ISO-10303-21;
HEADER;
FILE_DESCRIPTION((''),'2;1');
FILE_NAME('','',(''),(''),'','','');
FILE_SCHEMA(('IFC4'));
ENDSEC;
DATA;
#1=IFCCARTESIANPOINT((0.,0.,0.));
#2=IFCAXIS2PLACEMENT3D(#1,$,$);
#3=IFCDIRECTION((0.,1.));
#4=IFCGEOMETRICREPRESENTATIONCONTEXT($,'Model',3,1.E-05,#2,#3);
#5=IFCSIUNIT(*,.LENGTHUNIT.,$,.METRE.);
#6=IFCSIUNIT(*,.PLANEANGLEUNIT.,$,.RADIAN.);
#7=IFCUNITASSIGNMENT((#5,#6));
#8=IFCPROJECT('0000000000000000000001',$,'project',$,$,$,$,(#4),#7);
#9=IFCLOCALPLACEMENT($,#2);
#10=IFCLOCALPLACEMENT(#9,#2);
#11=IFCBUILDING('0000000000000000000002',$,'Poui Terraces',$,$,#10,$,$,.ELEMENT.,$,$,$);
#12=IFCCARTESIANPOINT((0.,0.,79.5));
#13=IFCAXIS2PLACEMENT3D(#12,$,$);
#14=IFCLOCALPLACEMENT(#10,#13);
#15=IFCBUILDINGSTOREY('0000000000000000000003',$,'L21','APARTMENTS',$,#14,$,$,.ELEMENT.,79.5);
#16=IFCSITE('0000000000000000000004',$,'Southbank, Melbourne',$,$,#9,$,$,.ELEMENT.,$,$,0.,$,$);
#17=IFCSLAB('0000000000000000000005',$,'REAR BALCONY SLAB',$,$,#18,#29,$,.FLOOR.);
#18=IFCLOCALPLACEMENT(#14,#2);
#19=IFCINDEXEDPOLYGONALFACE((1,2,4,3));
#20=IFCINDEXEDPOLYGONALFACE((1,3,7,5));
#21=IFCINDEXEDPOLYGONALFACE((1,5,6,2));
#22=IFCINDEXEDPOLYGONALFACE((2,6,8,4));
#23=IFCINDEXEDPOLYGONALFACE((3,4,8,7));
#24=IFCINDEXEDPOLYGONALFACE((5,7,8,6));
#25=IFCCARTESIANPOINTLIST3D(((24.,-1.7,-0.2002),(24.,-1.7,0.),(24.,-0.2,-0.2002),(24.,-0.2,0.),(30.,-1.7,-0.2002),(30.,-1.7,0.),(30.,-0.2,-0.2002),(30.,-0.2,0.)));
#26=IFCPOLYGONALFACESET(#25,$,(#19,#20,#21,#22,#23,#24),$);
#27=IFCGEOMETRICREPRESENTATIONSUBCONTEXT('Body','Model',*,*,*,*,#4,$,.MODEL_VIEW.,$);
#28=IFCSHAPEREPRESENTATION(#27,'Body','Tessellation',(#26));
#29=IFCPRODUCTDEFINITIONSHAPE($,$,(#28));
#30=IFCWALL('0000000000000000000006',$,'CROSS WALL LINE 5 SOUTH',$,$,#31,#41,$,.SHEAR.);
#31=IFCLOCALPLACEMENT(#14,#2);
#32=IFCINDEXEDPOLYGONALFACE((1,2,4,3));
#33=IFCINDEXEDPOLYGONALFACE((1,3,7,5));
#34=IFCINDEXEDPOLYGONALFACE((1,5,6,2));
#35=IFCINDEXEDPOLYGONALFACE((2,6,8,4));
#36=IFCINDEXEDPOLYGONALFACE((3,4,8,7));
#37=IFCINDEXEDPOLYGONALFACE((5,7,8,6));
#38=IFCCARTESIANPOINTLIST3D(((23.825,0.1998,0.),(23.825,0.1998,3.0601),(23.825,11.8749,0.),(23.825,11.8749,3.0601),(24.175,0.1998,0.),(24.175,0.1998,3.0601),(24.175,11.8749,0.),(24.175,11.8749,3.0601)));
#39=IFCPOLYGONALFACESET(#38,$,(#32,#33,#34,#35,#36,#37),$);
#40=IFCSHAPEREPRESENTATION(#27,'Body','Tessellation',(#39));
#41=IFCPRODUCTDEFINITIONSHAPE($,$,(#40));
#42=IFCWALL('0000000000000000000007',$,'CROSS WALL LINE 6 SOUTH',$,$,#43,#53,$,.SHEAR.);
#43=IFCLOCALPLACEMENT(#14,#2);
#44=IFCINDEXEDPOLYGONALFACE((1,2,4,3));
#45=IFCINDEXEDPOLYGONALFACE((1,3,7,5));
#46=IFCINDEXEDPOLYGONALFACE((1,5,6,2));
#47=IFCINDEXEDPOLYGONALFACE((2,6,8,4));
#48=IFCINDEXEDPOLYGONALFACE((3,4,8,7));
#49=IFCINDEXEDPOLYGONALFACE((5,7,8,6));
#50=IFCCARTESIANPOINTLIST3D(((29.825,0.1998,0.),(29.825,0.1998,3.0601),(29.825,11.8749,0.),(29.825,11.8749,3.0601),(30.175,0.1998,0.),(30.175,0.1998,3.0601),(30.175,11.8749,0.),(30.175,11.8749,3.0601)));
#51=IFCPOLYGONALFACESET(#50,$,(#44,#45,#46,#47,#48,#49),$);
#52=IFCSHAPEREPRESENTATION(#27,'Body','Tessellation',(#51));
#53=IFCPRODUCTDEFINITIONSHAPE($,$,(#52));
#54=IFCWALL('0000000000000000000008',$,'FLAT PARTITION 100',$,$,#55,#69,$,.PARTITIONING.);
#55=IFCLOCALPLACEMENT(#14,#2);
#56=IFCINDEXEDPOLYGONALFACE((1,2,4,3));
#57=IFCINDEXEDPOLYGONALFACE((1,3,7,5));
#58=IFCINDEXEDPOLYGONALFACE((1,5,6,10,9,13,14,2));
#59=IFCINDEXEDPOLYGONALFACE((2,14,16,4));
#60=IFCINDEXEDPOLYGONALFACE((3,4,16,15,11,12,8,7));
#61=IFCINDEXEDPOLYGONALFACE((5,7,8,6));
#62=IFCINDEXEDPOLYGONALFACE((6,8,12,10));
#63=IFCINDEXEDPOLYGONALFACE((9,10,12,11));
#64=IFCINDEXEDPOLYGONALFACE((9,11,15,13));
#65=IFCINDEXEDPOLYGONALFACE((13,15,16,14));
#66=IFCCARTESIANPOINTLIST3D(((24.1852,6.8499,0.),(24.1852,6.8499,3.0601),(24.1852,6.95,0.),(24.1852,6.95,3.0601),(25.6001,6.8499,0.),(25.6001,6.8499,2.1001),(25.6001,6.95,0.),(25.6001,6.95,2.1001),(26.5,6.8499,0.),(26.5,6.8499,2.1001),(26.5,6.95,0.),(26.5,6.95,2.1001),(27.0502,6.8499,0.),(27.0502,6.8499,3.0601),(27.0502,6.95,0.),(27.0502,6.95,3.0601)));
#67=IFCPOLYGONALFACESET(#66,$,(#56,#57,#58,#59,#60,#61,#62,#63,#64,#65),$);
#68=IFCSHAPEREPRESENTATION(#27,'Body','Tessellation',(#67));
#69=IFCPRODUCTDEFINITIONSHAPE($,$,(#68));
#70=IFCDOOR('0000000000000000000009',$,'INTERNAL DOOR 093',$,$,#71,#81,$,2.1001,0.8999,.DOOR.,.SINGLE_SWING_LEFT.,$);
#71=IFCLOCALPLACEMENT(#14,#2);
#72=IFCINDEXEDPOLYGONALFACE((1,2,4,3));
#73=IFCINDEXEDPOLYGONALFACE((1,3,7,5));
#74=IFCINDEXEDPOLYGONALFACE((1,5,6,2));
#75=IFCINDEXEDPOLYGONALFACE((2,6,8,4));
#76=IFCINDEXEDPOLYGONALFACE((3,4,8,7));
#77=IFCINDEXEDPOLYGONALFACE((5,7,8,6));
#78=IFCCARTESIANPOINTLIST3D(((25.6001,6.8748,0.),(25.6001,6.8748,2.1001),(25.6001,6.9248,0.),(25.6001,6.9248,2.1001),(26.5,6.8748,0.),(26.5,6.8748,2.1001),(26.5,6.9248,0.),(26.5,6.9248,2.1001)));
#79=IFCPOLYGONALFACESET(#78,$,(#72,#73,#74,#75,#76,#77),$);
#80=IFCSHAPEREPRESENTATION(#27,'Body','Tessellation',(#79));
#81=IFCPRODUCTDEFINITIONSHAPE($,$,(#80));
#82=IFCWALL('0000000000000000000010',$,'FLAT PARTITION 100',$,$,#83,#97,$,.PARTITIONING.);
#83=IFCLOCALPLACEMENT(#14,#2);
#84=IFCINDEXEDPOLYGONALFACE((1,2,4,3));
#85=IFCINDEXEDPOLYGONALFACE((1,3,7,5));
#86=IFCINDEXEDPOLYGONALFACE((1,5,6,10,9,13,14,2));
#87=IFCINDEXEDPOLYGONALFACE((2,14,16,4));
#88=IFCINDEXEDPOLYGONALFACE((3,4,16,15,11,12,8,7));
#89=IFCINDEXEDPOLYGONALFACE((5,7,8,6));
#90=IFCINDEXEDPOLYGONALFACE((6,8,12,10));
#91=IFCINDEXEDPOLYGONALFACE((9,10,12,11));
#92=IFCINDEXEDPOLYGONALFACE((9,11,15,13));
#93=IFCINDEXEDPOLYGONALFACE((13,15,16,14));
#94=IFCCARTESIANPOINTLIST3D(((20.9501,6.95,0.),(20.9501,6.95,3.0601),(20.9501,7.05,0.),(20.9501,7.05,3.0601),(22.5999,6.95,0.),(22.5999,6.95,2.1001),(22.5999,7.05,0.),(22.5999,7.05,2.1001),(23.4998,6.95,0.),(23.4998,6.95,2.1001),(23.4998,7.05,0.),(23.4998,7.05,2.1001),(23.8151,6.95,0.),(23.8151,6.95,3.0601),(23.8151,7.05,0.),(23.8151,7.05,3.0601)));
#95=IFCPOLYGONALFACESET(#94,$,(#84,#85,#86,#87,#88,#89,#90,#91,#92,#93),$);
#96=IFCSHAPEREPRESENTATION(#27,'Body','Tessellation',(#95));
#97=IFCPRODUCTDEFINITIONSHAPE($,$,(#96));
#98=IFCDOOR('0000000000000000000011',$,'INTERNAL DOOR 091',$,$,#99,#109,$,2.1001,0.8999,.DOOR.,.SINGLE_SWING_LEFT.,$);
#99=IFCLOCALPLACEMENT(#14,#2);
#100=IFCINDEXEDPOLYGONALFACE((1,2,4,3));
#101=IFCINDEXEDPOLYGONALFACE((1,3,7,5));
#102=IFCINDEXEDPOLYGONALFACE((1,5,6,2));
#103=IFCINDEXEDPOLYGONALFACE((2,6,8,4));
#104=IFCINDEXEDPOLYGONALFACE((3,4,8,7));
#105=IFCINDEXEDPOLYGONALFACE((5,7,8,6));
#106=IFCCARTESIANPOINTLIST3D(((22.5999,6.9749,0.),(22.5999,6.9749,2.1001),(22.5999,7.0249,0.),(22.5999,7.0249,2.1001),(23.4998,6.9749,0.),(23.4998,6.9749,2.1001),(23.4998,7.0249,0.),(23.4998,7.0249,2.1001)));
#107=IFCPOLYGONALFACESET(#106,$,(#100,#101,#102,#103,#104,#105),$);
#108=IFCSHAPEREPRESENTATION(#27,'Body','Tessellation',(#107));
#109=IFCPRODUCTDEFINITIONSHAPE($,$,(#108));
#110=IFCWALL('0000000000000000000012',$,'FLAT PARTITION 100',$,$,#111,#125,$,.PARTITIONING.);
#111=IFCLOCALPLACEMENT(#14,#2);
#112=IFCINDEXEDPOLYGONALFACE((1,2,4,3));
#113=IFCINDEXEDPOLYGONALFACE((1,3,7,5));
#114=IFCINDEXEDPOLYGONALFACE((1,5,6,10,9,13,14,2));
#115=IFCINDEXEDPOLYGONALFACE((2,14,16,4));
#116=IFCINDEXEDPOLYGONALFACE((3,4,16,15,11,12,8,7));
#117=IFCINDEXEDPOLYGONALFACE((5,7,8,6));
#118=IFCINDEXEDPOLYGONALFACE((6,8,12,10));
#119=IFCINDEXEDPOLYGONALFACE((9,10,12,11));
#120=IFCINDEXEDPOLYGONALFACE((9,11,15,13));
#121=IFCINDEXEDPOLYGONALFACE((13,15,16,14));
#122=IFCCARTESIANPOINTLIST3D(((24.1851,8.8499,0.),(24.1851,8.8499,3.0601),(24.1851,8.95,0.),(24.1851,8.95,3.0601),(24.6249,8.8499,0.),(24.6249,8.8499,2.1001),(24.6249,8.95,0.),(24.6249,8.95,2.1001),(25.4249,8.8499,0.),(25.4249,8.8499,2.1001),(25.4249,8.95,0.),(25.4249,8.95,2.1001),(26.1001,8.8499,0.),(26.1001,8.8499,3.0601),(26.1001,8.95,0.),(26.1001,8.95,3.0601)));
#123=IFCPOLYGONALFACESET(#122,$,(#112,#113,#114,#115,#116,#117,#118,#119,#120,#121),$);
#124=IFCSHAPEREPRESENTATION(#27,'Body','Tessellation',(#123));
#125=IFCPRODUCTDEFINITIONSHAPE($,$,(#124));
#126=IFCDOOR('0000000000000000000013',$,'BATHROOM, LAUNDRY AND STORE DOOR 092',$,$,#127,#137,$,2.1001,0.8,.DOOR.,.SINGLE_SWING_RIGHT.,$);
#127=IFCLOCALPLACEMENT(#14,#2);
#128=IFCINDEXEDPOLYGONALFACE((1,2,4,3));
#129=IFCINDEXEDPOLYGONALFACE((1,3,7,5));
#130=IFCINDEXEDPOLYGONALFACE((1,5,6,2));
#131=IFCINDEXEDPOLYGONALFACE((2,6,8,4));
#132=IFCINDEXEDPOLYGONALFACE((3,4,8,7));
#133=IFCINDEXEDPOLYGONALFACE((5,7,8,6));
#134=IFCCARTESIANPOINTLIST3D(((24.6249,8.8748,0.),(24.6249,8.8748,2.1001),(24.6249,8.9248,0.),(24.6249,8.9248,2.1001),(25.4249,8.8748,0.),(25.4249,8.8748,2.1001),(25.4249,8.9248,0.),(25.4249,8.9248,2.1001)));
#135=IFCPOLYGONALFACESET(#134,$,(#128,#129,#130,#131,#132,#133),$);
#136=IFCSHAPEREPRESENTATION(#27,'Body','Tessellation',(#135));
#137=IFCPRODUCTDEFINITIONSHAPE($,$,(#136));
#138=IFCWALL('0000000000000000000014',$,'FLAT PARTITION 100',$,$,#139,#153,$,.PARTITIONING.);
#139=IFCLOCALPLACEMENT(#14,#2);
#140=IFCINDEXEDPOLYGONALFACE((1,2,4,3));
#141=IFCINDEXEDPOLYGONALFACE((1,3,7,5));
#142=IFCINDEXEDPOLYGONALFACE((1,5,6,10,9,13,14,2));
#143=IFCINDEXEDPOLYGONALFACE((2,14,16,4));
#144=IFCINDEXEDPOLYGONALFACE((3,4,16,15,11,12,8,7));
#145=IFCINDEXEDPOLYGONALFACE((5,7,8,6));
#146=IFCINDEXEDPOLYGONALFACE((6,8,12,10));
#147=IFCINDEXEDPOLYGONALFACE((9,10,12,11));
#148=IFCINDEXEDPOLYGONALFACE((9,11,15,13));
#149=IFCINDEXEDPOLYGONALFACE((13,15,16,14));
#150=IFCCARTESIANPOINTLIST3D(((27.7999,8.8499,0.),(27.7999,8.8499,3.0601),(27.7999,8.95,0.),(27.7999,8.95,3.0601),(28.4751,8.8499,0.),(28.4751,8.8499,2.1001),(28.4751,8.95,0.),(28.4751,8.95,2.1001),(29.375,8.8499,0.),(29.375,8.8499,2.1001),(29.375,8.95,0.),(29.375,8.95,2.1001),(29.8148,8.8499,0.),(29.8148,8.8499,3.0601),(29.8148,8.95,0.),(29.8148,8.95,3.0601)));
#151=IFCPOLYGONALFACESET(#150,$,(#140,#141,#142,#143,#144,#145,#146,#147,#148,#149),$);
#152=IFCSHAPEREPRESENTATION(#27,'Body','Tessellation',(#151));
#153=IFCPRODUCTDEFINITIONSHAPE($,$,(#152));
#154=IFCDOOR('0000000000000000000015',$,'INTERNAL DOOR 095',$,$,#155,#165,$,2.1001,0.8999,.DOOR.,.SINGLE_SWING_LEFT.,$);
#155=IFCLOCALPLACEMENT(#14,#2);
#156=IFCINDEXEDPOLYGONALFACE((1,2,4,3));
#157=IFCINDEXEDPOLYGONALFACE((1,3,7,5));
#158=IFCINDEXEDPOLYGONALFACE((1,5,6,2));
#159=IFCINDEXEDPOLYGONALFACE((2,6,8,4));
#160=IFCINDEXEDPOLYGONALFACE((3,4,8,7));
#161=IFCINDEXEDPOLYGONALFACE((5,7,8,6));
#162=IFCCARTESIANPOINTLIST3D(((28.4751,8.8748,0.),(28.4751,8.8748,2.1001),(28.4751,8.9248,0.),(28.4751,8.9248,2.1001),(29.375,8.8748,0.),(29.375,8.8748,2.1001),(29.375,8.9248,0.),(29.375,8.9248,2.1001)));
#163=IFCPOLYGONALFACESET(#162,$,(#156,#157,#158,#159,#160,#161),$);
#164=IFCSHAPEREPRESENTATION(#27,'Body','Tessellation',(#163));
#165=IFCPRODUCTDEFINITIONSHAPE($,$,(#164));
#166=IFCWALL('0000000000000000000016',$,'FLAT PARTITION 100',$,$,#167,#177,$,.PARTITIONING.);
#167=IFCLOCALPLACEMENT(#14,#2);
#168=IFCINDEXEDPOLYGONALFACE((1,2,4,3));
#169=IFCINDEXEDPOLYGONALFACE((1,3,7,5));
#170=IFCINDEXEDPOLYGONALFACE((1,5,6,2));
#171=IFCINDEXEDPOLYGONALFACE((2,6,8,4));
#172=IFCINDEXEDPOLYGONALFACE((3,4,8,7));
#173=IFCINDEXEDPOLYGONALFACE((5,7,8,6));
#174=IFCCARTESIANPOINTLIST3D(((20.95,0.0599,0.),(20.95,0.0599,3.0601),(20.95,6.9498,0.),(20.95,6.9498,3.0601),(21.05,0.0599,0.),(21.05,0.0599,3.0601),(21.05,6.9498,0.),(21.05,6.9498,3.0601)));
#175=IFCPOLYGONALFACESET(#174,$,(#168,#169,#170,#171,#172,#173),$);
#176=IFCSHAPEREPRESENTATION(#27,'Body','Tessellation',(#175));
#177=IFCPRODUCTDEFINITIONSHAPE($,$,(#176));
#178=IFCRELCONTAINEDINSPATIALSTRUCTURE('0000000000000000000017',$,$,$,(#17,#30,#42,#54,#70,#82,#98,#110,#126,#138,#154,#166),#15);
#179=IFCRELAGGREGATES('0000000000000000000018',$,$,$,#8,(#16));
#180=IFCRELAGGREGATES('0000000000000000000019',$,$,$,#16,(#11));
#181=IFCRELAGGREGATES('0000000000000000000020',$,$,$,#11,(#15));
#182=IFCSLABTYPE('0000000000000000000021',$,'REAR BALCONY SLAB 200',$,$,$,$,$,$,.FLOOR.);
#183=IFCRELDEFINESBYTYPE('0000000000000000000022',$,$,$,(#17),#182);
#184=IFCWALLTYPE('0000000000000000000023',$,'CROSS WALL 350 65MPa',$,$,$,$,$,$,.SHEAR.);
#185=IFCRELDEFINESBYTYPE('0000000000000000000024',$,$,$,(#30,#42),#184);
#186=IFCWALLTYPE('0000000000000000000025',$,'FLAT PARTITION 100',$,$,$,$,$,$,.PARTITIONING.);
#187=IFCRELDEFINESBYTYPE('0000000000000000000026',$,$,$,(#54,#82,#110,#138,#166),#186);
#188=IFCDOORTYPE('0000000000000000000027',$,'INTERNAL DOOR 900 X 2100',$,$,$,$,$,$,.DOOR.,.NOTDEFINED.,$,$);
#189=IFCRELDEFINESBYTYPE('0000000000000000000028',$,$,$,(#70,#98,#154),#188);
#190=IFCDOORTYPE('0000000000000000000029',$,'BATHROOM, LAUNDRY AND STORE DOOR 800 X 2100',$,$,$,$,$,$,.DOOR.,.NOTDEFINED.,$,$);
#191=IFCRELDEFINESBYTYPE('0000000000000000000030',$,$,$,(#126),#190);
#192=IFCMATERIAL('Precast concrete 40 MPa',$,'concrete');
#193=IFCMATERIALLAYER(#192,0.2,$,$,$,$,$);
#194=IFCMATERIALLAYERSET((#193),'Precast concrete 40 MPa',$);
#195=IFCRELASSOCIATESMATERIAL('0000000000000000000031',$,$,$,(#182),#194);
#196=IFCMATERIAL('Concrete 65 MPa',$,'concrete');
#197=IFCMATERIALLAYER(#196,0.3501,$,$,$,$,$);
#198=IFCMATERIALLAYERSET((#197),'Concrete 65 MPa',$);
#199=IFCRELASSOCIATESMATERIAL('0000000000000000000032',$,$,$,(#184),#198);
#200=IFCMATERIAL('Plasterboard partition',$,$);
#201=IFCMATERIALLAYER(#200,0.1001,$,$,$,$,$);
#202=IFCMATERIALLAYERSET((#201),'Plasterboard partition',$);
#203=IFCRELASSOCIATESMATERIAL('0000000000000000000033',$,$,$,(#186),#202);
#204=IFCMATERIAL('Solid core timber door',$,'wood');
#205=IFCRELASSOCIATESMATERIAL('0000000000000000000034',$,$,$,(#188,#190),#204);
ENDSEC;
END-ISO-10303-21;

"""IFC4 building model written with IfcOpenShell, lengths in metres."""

from ifc_helpers import new_model, si_unit, direction, frame, frame_2d, origin, place, context, subcontext, project, spatial, polyline, rectangle, outline, extrude, source, transform, mapped, material, layer, layer_set, type_object, element, fill, save


model = new_model("IFC4")

# Units and contexts
model_context = context("Model", 3, precision=1e-05, world=origin(), true_north=direction((0.0, 1.0)))
body_context = subcontext(model_context, "Body", "Model", "MODEL_VIEW")
ifc_project = project(units=[si_unit("LENGTHUNIT", "METRE"), si_unit("PLANEANGLEUNIT", "RADIAN")], contexts=[model_context])

# Site, building, storey
site_placement = place(None, origin())
site = spatial("IfcSite", under=ifc_project, at=site_placement, Name="Southbank, Melbourne", CompositionType="ELEMENT", RefElevation=0.0)
building_placement = place(site_placement, origin())
building = spatial("IfcBuilding", under=site, at=building_placement, Name="Poui Terraces", CompositionType="ELEMENT")
storey_placement = place(building_placement, frame((0.0, 0.0, 79.5)))
storey = spatial("IfcBuildingStorey", under=building, at=storey_placement, Name="L21", Description="APARTMENTS", CompositionType="ELEMENT", Elevation=79.5)

# Slab
ifc_material_1 = material(Name="Precast concrete 40 MPa", Category="concrete")
ifc_layer_1 = layer(ifc_material_1, 0.2)
ifc_layer_set_1 = layer_set([ifc_layer_1], Name="Precast concrete 40 MPa")
slab_type = type_object("IfcSlabType", Name="REAR BALCONY SLAB 200", PredefinedType="FLOOR", material=ifc_layer_set_1)
shared_shape_1 = source(origin(), body_context, "Body", "SweptSolid", [
    extrude(outline(polyline([(0.0, 0.0), (6.0, 0.0), (6.0, 1.5), (0.0, 1.5), (0.0, 0.0)])), origin(), (0.0, 0.0, 1.0), 0.2002),
])
slab_placement = place(storey_placement, frame((24.0, -1.7, -0.2002)))
element("IfcSlab", 1, at=slab_placement, inside=storey, type_object=slab_type, Name="REAR BALCONY SLAB", PredefinedType="FLOOR", context=body_context, shape_type="MappedRepresentation", body=[
    mapped(shared_shape_1, transform((0.0, 0.0, 0.0))),
])

# Walls
ifc_material_2 = material(Name="Concrete 65 MPa", Category="concrete")
ifc_layer_2 = layer(ifc_material_2, 0.3501)
ifc_layer_set_2 = layer_set([ifc_layer_2], Name="Concrete 65 MPa")
wall_type_1 = type_object("IfcWallType", Name="CROSS WALL 350 65MPa", PredefinedType="SHEAR", material=ifc_layer_set_2)
for number, where, z_axis, x_axis, name in (
    (2, (24.0, 0.2, 0.0), (0.0, 0.0, 1.0), (0.0, 1.0, 0.0), "CROSS WALL LINE 5 SOUTH"),
    (3, (30.0, 0.2, 0.0), (0.0, 0.0, 1.0), (0.0, 1.0, 0.0), "CROSS WALL LINE 6 SOUTH"),
):
    element("IfcWall", number, at=place(storey_placement, frame(where, z_axis=z_axis, x_axis=x_axis)), inside=storey, type_object=wall_type_1, Name=name, PredefinedType="SHEAR", context=body_context, shape_type="SweptSolid", body=[
        extrude(rectangle(XDim=11.675, YDim=0.3501, at=frame_2d((5.8374, 0.0))), origin(), (0.0, 0.0, 1.0), 3.0601),
    ])

# Walls, openings, doors
ifc_material_3 = material(Name="Plasterboard partition")
ifc_layer_3 = layer(ifc_material_3, 0.1001)
ifc_layer_set_3 = layer_set([ifc_layer_3], Name="Plasterboard partition")
wall_type_2 = type_object("IfcWallType", Name="FLAT PARTITION 100", PredefinedType="PARTITIONING", material=ifc_layer_set_3)
wall_1_placement = place(storey_placement, frame((24.1851, 6.8999, 0.0), z_axis=(0.0, 0.0, 1.0), x_axis=(1.0, 0.0, 0.0)))
wall_1 = element("IfcWall", 4, at=wall_1_placement, inside=storey, type_object=wall_type_2, Name="FLAT PARTITION 100", PredefinedType="PARTITIONING", context=body_context, shape_type="SweptSolid", body=[
    extrude(rectangle(XDim=2.865, YDim=0.1001, at=frame_2d((1.4326, 0.0))), origin(), (0.0, 0.0, 1.0), 3.0601),
])
opening_1_placement = place(wall_1_placement, frame((1.415, 0.0, 0.0)))
opening_1 = element("IfcOpeningElement", 5, at=opening_1_placement, cuts=wall_1, PredefinedType="OPENING", context=body_context, shape_type="SweptSolid", body=[
    extrude(rectangle(XDim=0.8999, YDim=2.1001, at=frame_2d((0.45, 1.05))), frame((0.0, 0.0601, 0.0), z_axis=(0.0, -1.0, 0.0), x_axis=(1.0, 0.0, 0.0)), (0.0, 0.0, 1.0), 0.1201),
])
ifc_material_4 = material(Name="Solid core timber door", Category="wood")
door_type_1 = type_object("IfcDoorType", Name="INTERNAL DOOR 900 X 2100", OperationType="NOTDEFINED", PredefinedType="DOOR", material=ifc_material_4)
door_1_placement = place(opening_1_placement, origin())
door_1 = element("IfcDoor", 6, at=door_1_placement, inside=storey, type_object=door_type_1, Name="INTERNAL DOOR 093", OperationType="SINGLE_SWING_LEFT", OverallHeight=2.1001, OverallWidth=0.8999, PredefinedType="DOOR", context=body_context, shape_type="SweptSolid", body=[
    extrude(rectangle(XDim=0.8999, YDim=2.1001, at=frame_2d((0.45, 1.05))), frame((0.0, 0.0249, 0.0), z_axis=(0.0, -1.0, 0.0), x_axis=(1.0, 0.0, 0.0)), (0.0, 0.0, 1.0), 0.05),
])
fill(opening_1, door_1)
wall_2_placement = place(storey_placement, frame((20.95, 7.0, 0.0), z_axis=(0.0, 0.0, 1.0), x_axis=(1.0, 0.0, 0.0)))
wall_2 = element("IfcWall", 7, at=wall_2_placement, inside=storey, type_object=wall_type_2, Name="FLAT PARTITION 100", PredefinedType="PARTITIONING", context=body_context, shape_type="SweptSolid", body=[
    extrude(rectangle(XDim=2.865, YDim=0.1001, at=frame_2d((1.4326, 0.0))), origin(), (0.0, 0.0, 1.0), 3.0601),
])
opening_2_placement = place(wall_2_placement, frame((1.6499, 0.0, 0.0)))
opening_2 = element("IfcOpeningElement", 8, at=opening_2_placement, cuts=wall_2, PredefinedType="OPENING", context=body_context, shape_type="SweptSolid", body=[
    extrude(rectangle(XDim=0.8999, YDim=2.1001, at=frame_2d((0.45, 1.05))), frame((0.0, 0.0601, 0.0), z_axis=(0.0, -1.0, 0.0), x_axis=(1.0, 0.0, 0.0)), (0.0, 0.0, 1.0), 0.1201),
])
door_2_placement = place(opening_2_placement, origin())
door_2 = element("IfcDoor", 9, at=door_2_placement, inside=storey, type_object=door_type_1, Name="INTERNAL DOOR 091", OperationType="SINGLE_SWING_LEFT", OverallHeight=2.1001, OverallWidth=0.8999, PredefinedType="DOOR", context=body_context, shape_type="SweptSolid", body=[
    extrude(rectangle(XDim=0.8999, YDim=2.1001, at=frame_2d((0.45, 1.05))), frame((0.0, 0.0249, 0.0), z_axis=(0.0, -1.0, 0.0), x_axis=(1.0, 0.0, 0.0)), (0.0, 0.0, 1.0), 0.05),
])
fill(opening_2, door_2)
wall_3_placement = place(storey_placement, frame((24.1851, 8.8999, 0.0), z_axis=(0.0, 0.0, 1.0), x_axis=(1.0, 0.0, 0.0)))
wall_3 = element("IfcWall", 10, at=wall_3_placement, inside=storey, type_object=wall_type_2, Name="FLAT PARTITION 100", PredefinedType="PARTITIONING", context=body_context, shape_type="SweptSolid", body=[
    extrude(rectangle(XDim=1.915, YDim=0.1001, at=frame_2d((0.9575, 0.0))), origin(), (0.0, 0.0, 1.0), 3.0601),
])
opening_3_placement = place(wall_3_placement, frame((0.4399, 0.0, 0.0)))
opening_3 = element("IfcOpeningElement", 11, at=opening_3_placement, cuts=wall_3, PredefinedType="OPENING", context=body_context, shape_type="SweptSolid", body=[
    extrude(rectangle(XDim=0.8, YDim=2.1001, at=frame_2d((0.3999, 1.05))), frame((0.0, 0.0601, 0.0), z_axis=(0.0, -1.0, 0.0), x_axis=(1.0, 0.0, 0.0)), (0.0, 0.0, 1.0), 0.1201),
])
door_type_2 = type_object("IfcDoorType", Name="BATHROOM, LAUNDRY AND STORE DOOR 800 X 2100", OperationType="NOTDEFINED", PredefinedType="DOOR", material=ifc_material_4)
door_3_placement = place(opening_3_placement, origin())
door_3 = element("IfcDoor", 12, at=door_3_placement, inside=storey, type_object=door_type_2, Name="BATHROOM, LAUNDRY AND STORE DOOR 092", OperationType="SINGLE_SWING_RIGHT", OverallHeight=2.1001, OverallWidth=0.8, PredefinedType="DOOR", context=body_context, shape_type="SweptSolid", body=[
    extrude(rectangle(XDim=0.8, YDim=2.1001, at=frame_2d((0.3999, 1.05))), frame((0.0, 0.0249, 0.0), z_axis=(0.0, -1.0, 0.0), x_axis=(1.0, 0.0, 0.0)), (0.0, 0.0, 1.0), 0.05),
])
fill(opening_3, door_3)
wall_4_placement = place(storey_placement, frame((27.8, 8.8999, 0.0), z_axis=(0.0, 0.0, 1.0), x_axis=(1.0, 0.0, 0.0)))
wall_4 = element("IfcWall", 13, at=wall_4_placement, inside=storey, type_object=wall_type_2, Name="FLAT PARTITION 100", PredefinedType="PARTITIONING", context=body_context, shape_type="SweptSolid", body=[
    extrude(rectangle(XDim=2.0149, YDim=0.1001, at=frame_2d((1.0073, 0.0))), origin(), (0.0, 0.0, 1.0), 3.0601),
])
opening_4_placement = place(wall_4_placement, frame((0.675, 0.0, 0.0)))
opening_4 = element("IfcOpeningElement", 14, at=opening_4_placement, cuts=wall_4, PredefinedType="OPENING", context=body_context, shape_type="SweptSolid", body=[
    extrude(rectangle(XDim=0.8999, YDim=2.1001, at=frame_2d((0.45, 1.05))), frame((0.0, 0.0601, 0.0), z_axis=(0.0, -1.0, 0.0), x_axis=(1.0, 0.0, 0.0)), (0.0, 0.0, 1.0), 0.1201),
])
door_4_placement = place(opening_4_placement, origin())
door_4 = element("IfcDoor", 15, at=door_4_placement, inside=storey, type_object=door_type_1, Name="INTERNAL DOOR 095", OperationType="SINGLE_SWING_LEFT", OverallHeight=2.1001, OverallWidth=0.8999, PredefinedType="DOOR", context=body_context, shape_type="SweptSolid", body=[
    extrude(rectangle(XDim=0.8999, YDim=2.1001, at=frame_2d((0.45, 1.05))), frame((0.0, 0.0249, 0.0), z_axis=(0.0, -1.0, 0.0), x_axis=(1.0, 0.0, 0.0)), (0.0, 0.0, 1.0), 0.05),
])
fill(opening_4, door_4)

# Wall
wall_5_placement = place(storey_placement, frame((21.0, 0.0601, 0.0), z_axis=(0.0, 0.0, 1.0), x_axis=(0.0, 1.0, 0.0)))
element("IfcWall", 16, at=wall_5_placement, inside=storey, type_object=wall_type_2, Name="FLAT PARTITION 100", PredefinedType="PARTITIONING", context=body_context, shape_type="SweptSolid", body=[
    extrude(rectangle(XDim=6.8899, YDim=0.1001, at=frame_2d((3.4448, 0.0))), origin(), (0.0, 0.0, 1.0), 3.0601),
])

save(model, "model.ifc")
